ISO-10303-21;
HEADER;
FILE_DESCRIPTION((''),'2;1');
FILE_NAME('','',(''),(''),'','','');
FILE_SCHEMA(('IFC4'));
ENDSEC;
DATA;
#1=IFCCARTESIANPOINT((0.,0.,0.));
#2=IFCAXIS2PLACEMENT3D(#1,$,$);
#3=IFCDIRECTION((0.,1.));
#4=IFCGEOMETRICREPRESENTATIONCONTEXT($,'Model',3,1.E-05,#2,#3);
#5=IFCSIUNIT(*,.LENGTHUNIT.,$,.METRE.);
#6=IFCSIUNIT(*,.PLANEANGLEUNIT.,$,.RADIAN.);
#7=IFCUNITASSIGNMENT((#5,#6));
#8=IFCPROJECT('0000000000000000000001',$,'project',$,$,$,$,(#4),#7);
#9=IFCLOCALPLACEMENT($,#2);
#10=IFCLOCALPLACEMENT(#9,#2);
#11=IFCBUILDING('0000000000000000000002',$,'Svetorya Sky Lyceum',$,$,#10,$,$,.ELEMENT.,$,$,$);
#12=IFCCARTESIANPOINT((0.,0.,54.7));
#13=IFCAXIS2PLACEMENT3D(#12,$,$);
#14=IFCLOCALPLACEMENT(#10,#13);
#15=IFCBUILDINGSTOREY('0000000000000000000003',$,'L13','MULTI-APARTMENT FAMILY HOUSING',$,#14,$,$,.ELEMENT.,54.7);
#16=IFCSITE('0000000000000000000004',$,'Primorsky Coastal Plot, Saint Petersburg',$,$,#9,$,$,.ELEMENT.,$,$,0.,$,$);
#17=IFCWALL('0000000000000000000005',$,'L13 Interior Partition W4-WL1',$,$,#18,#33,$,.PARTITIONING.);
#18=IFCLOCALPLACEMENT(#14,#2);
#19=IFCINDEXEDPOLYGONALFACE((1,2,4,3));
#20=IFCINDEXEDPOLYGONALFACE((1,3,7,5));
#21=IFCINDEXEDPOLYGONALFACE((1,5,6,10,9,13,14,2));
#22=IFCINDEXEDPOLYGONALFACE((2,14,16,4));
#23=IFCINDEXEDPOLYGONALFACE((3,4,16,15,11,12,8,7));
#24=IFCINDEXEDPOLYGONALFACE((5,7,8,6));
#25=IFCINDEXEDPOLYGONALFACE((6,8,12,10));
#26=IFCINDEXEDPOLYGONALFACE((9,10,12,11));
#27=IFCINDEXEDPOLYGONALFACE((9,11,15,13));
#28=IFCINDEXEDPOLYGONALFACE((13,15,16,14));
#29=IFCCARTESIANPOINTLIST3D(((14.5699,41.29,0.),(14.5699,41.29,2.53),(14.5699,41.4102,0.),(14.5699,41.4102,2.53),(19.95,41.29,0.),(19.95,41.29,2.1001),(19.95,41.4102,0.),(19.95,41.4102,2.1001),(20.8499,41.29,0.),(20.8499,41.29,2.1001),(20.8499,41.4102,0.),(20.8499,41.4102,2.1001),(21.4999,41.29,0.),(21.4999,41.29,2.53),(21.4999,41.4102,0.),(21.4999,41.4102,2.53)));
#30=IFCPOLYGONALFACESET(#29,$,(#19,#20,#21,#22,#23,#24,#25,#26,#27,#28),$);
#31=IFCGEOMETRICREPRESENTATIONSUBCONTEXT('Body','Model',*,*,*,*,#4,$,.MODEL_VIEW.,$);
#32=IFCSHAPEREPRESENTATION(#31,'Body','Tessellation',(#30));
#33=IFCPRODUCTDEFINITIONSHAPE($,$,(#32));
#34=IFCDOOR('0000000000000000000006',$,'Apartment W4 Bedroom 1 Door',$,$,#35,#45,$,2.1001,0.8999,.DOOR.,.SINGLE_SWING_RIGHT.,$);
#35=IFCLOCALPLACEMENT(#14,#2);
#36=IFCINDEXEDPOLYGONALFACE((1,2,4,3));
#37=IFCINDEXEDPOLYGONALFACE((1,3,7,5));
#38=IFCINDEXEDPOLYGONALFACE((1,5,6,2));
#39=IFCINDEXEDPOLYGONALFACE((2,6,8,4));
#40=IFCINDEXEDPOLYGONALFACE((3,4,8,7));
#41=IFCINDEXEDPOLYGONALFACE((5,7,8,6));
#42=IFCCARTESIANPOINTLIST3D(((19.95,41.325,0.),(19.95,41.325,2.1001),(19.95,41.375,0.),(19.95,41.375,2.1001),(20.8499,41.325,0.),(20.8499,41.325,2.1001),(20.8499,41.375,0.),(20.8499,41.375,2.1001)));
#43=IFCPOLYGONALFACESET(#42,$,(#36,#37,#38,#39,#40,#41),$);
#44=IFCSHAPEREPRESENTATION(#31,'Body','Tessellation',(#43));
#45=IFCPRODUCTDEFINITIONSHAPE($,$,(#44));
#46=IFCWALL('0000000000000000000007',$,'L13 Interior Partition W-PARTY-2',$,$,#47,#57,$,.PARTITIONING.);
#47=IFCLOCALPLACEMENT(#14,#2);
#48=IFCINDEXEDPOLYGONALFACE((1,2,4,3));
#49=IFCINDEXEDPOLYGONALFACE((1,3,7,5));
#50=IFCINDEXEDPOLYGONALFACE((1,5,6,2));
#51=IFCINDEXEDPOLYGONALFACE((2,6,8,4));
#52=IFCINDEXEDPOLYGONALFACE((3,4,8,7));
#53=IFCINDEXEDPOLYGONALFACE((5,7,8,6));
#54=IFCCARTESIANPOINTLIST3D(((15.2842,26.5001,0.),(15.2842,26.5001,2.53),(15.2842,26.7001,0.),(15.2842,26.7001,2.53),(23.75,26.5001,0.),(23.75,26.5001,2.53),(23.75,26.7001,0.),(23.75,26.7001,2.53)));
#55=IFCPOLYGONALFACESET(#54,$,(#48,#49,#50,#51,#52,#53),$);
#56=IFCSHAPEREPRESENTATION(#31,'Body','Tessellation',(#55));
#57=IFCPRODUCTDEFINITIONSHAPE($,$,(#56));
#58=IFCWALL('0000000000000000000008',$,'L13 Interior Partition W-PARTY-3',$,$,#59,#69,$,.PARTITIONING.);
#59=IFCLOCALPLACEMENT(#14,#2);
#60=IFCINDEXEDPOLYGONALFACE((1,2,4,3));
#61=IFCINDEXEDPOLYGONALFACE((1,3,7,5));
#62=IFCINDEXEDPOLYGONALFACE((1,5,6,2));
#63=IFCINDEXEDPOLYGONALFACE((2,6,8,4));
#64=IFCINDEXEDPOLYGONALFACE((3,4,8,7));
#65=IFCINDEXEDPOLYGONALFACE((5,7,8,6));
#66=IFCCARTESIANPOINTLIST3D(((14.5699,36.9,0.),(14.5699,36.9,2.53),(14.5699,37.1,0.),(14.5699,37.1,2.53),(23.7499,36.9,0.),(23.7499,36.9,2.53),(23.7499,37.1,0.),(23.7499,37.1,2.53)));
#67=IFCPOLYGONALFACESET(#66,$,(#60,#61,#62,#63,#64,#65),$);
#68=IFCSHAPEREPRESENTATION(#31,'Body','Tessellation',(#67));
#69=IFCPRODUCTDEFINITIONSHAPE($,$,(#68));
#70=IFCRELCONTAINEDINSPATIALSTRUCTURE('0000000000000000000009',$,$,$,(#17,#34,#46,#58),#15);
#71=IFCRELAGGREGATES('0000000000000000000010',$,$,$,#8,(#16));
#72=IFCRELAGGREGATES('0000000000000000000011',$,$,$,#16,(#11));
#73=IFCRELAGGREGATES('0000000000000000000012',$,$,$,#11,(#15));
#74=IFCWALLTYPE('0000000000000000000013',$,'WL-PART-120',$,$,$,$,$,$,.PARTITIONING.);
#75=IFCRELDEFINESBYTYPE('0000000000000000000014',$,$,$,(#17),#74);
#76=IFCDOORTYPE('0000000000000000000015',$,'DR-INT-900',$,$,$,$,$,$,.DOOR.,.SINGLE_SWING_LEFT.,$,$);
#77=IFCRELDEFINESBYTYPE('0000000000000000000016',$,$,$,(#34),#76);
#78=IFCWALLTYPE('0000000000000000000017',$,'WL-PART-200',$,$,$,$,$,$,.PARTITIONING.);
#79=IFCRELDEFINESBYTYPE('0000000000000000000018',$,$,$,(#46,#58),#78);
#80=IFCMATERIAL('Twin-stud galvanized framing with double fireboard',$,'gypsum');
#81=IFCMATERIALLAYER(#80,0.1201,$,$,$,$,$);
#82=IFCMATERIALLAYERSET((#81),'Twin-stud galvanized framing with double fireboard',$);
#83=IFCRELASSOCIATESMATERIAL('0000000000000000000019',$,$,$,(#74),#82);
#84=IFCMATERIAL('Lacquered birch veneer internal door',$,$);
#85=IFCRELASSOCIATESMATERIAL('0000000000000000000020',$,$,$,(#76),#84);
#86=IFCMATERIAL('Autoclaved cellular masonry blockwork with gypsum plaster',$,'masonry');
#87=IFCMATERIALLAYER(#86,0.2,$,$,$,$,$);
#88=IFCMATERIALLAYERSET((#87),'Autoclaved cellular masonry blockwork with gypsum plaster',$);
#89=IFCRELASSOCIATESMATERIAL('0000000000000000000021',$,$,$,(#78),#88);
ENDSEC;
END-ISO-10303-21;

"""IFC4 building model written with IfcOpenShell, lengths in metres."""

from ifc_helpers import new_model, si_unit, direction, frame, frame_2d, origin, place, context, subcontext, project, spatial, rectangle, extrude, material, layer, layer_set, type_object, element, fill, save


model = new_model("IFC4")

# Units and contexts
model_context = context("Model", 3, precision=1e-05, world=origin(), true_north=direction((0.0, 1.0)))
body_context = subcontext(model_context, "Body", "Model", "MODEL_VIEW")
ifc_project = project(units=[si_unit("LENGTHUNIT", "METRE"), si_unit("PLANEANGLEUNIT", "RADIAN")], contexts=[model_context])

# Site, building, storey
site_placement = place(None, origin())
site = spatial("IfcSite", under=ifc_project, at=site_placement, Name="Primorsky Coastal Plot, Saint Petersburg", CompositionType="ELEMENT", RefElevation=0.0)
building_placement = place(site_placement, origin())
building = spatial("IfcBuilding", under=site, at=building_placement, Name="Svetorya Sky Lyceum", CompositionType="ELEMENT")
storey_placement = place(building_placement, frame((0.0, 0.0, 54.7)))
storey = spatial("IfcBuildingStorey", under=building, at=storey_placement, Name="L13", Description="MULTI-APARTMENT FAMILY HOUSING", CompositionType="ELEMENT", Elevation=54.7)

# Wall, opening, door
ifc_material_1 = material(Name="Twin-stud galvanized framing with double fireboard", Category="gypsum")
ifc_layer_1 = layer(ifc_material_1, 0.1201)
ifc_layer_set_1 = layer_set([ifc_layer_1], Name="Twin-stud galvanized framing with double fireboard")
wall_type_1 = type_object("IfcWallType", Name="WL-PART-120", PredefinedType="PARTITIONING", material=ifc_layer_set_1)
ifc_material_2 = material(Name="Lacquered birch veneer internal door")
door_type_1 = type_object("IfcDoorType", Name="DR-INT-900", OperationType="SINGLE_SWING_LEFT", PredefinedType="DOOR", material=ifc_material_2)
wall_1_placement = place(storey_placement, frame((14.5701, 41.3501, 0.0), z_axis=(0.0, 0.0, 1.0), x_axis=(1.0, 0.0, 0.0)))
wall_1 = element("IfcWall", 1, at=wall_1_placement, inside=storey, type_object=wall_type_1, Name="L13 Interior Partition W4-WL1", PredefinedType="PARTITIONING", context=body_context, shape_type="SweptSolid", body=[
    extrude(rectangle(XDim=6.9299, YDim=0.1201, at=frame_2d((3.4648, 0.0))), origin(), (0.0, 0.0, 1.0), 2.53),
])
opening_1_placement = place(wall_1_placement, frame((5.3799, 0.0, 0.0)))
opening_1 = element("IfcOpeningElement", 2, at=opening_1_placement, cuts=wall_1, PredefinedType="OPENING", context=body_context, shape_type="SweptSolid", body=[
    extrude(rectangle(XDim=0.8999, YDim=2.1001, at=frame_2d((0.45, 1.05))), frame((0.0, 0.0701, 0.0), z_axis=(0.0, -1.0, 0.0), x_axis=(1.0, 0.0, 0.0)), (0.0, 0.0, 1.0), 0.1401),
])
door_1_placement = place(opening_1_placement, origin())
door_1 = element("IfcDoor", 3, at=door_1_placement, inside=storey, type_object=door_type_1, Name="Apartment W4 Bedroom 1 Door", OperationType="SINGLE_SWING_RIGHT", OverallHeight=2.1001, OverallWidth=0.8999, PredefinedType="DOOR", context=body_context, shape_type="SweptSolid", body=[
    extrude(rectangle(XDim=0.8999, YDim=2.1001, at=frame_2d((0.45, 1.05))), frame((0.0, 0.0249, 0.0), z_axis=(0.0, -1.0, 0.0), x_axis=(1.0, 0.0, 0.0)), (0.0, 0.0, 1.0), 0.05),
])
fill(opening_1, door_1)

# Walls
ifc_material_3 = material(Name="Autoclaved cellular masonry blockwork with gypsum plaster", Category="masonry")
ifc_layer_2 = layer(ifc_material_3, 0.2)
ifc_layer_set_2 = layer_set([ifc_layer_2], Name="Autoclaved cellular masonry blockwork with gypsum plaster")
wall_type_2 = type_object("IfcWallType", Name="WL-PART-200", PredefinedType="PARTITIONING", material=ifc_layer_set_2)
wall_2_placement = place(storey_placement, frame((15.2842, 26.6001, 0.0), z_axis=(0.0, 0.0, 1.0), x_axis=(1.0, 0.0, 0.0)))
element("IfcWall", 4, at=wall_2_placement, inside=storey, type_object=wall_type_2, Name="L13 Interior Partition W-PARTY-2", PredefinedType="PARTITIONING", context=body_context, shape_type="SweptSolid", body=[
    extrude(rectangle(XDim=8.4658, YDim=0.2, at=frame_2d((4.2329, 0.0))), origin(), (0.0, 0.0, 1.0), 2.53),
])
wall_3_placement = place(storey_placement, frame((14.5701, 37.0, 0.0), z_axis=(0.0, 0.0, 1.0), x_axis=(1.0, 0.0, 0.0)))
element("IfcWall", 5, at=wall_3_placement, inside=storey, type_object=wall_type_2, Name="L13 Interior Partition W-PARTY-3", PredefinedType="PARTITIONING", context=body_context, shape_type="SweptSolid", body=[
    extrude(rectangle(XDim=9.1799, YDim=0.2, at=frame_2d((4.5898, 0.0))), origin(), (0.0, 0.0, 1.0), 2.53),
])

save(model, "model.ifc")
